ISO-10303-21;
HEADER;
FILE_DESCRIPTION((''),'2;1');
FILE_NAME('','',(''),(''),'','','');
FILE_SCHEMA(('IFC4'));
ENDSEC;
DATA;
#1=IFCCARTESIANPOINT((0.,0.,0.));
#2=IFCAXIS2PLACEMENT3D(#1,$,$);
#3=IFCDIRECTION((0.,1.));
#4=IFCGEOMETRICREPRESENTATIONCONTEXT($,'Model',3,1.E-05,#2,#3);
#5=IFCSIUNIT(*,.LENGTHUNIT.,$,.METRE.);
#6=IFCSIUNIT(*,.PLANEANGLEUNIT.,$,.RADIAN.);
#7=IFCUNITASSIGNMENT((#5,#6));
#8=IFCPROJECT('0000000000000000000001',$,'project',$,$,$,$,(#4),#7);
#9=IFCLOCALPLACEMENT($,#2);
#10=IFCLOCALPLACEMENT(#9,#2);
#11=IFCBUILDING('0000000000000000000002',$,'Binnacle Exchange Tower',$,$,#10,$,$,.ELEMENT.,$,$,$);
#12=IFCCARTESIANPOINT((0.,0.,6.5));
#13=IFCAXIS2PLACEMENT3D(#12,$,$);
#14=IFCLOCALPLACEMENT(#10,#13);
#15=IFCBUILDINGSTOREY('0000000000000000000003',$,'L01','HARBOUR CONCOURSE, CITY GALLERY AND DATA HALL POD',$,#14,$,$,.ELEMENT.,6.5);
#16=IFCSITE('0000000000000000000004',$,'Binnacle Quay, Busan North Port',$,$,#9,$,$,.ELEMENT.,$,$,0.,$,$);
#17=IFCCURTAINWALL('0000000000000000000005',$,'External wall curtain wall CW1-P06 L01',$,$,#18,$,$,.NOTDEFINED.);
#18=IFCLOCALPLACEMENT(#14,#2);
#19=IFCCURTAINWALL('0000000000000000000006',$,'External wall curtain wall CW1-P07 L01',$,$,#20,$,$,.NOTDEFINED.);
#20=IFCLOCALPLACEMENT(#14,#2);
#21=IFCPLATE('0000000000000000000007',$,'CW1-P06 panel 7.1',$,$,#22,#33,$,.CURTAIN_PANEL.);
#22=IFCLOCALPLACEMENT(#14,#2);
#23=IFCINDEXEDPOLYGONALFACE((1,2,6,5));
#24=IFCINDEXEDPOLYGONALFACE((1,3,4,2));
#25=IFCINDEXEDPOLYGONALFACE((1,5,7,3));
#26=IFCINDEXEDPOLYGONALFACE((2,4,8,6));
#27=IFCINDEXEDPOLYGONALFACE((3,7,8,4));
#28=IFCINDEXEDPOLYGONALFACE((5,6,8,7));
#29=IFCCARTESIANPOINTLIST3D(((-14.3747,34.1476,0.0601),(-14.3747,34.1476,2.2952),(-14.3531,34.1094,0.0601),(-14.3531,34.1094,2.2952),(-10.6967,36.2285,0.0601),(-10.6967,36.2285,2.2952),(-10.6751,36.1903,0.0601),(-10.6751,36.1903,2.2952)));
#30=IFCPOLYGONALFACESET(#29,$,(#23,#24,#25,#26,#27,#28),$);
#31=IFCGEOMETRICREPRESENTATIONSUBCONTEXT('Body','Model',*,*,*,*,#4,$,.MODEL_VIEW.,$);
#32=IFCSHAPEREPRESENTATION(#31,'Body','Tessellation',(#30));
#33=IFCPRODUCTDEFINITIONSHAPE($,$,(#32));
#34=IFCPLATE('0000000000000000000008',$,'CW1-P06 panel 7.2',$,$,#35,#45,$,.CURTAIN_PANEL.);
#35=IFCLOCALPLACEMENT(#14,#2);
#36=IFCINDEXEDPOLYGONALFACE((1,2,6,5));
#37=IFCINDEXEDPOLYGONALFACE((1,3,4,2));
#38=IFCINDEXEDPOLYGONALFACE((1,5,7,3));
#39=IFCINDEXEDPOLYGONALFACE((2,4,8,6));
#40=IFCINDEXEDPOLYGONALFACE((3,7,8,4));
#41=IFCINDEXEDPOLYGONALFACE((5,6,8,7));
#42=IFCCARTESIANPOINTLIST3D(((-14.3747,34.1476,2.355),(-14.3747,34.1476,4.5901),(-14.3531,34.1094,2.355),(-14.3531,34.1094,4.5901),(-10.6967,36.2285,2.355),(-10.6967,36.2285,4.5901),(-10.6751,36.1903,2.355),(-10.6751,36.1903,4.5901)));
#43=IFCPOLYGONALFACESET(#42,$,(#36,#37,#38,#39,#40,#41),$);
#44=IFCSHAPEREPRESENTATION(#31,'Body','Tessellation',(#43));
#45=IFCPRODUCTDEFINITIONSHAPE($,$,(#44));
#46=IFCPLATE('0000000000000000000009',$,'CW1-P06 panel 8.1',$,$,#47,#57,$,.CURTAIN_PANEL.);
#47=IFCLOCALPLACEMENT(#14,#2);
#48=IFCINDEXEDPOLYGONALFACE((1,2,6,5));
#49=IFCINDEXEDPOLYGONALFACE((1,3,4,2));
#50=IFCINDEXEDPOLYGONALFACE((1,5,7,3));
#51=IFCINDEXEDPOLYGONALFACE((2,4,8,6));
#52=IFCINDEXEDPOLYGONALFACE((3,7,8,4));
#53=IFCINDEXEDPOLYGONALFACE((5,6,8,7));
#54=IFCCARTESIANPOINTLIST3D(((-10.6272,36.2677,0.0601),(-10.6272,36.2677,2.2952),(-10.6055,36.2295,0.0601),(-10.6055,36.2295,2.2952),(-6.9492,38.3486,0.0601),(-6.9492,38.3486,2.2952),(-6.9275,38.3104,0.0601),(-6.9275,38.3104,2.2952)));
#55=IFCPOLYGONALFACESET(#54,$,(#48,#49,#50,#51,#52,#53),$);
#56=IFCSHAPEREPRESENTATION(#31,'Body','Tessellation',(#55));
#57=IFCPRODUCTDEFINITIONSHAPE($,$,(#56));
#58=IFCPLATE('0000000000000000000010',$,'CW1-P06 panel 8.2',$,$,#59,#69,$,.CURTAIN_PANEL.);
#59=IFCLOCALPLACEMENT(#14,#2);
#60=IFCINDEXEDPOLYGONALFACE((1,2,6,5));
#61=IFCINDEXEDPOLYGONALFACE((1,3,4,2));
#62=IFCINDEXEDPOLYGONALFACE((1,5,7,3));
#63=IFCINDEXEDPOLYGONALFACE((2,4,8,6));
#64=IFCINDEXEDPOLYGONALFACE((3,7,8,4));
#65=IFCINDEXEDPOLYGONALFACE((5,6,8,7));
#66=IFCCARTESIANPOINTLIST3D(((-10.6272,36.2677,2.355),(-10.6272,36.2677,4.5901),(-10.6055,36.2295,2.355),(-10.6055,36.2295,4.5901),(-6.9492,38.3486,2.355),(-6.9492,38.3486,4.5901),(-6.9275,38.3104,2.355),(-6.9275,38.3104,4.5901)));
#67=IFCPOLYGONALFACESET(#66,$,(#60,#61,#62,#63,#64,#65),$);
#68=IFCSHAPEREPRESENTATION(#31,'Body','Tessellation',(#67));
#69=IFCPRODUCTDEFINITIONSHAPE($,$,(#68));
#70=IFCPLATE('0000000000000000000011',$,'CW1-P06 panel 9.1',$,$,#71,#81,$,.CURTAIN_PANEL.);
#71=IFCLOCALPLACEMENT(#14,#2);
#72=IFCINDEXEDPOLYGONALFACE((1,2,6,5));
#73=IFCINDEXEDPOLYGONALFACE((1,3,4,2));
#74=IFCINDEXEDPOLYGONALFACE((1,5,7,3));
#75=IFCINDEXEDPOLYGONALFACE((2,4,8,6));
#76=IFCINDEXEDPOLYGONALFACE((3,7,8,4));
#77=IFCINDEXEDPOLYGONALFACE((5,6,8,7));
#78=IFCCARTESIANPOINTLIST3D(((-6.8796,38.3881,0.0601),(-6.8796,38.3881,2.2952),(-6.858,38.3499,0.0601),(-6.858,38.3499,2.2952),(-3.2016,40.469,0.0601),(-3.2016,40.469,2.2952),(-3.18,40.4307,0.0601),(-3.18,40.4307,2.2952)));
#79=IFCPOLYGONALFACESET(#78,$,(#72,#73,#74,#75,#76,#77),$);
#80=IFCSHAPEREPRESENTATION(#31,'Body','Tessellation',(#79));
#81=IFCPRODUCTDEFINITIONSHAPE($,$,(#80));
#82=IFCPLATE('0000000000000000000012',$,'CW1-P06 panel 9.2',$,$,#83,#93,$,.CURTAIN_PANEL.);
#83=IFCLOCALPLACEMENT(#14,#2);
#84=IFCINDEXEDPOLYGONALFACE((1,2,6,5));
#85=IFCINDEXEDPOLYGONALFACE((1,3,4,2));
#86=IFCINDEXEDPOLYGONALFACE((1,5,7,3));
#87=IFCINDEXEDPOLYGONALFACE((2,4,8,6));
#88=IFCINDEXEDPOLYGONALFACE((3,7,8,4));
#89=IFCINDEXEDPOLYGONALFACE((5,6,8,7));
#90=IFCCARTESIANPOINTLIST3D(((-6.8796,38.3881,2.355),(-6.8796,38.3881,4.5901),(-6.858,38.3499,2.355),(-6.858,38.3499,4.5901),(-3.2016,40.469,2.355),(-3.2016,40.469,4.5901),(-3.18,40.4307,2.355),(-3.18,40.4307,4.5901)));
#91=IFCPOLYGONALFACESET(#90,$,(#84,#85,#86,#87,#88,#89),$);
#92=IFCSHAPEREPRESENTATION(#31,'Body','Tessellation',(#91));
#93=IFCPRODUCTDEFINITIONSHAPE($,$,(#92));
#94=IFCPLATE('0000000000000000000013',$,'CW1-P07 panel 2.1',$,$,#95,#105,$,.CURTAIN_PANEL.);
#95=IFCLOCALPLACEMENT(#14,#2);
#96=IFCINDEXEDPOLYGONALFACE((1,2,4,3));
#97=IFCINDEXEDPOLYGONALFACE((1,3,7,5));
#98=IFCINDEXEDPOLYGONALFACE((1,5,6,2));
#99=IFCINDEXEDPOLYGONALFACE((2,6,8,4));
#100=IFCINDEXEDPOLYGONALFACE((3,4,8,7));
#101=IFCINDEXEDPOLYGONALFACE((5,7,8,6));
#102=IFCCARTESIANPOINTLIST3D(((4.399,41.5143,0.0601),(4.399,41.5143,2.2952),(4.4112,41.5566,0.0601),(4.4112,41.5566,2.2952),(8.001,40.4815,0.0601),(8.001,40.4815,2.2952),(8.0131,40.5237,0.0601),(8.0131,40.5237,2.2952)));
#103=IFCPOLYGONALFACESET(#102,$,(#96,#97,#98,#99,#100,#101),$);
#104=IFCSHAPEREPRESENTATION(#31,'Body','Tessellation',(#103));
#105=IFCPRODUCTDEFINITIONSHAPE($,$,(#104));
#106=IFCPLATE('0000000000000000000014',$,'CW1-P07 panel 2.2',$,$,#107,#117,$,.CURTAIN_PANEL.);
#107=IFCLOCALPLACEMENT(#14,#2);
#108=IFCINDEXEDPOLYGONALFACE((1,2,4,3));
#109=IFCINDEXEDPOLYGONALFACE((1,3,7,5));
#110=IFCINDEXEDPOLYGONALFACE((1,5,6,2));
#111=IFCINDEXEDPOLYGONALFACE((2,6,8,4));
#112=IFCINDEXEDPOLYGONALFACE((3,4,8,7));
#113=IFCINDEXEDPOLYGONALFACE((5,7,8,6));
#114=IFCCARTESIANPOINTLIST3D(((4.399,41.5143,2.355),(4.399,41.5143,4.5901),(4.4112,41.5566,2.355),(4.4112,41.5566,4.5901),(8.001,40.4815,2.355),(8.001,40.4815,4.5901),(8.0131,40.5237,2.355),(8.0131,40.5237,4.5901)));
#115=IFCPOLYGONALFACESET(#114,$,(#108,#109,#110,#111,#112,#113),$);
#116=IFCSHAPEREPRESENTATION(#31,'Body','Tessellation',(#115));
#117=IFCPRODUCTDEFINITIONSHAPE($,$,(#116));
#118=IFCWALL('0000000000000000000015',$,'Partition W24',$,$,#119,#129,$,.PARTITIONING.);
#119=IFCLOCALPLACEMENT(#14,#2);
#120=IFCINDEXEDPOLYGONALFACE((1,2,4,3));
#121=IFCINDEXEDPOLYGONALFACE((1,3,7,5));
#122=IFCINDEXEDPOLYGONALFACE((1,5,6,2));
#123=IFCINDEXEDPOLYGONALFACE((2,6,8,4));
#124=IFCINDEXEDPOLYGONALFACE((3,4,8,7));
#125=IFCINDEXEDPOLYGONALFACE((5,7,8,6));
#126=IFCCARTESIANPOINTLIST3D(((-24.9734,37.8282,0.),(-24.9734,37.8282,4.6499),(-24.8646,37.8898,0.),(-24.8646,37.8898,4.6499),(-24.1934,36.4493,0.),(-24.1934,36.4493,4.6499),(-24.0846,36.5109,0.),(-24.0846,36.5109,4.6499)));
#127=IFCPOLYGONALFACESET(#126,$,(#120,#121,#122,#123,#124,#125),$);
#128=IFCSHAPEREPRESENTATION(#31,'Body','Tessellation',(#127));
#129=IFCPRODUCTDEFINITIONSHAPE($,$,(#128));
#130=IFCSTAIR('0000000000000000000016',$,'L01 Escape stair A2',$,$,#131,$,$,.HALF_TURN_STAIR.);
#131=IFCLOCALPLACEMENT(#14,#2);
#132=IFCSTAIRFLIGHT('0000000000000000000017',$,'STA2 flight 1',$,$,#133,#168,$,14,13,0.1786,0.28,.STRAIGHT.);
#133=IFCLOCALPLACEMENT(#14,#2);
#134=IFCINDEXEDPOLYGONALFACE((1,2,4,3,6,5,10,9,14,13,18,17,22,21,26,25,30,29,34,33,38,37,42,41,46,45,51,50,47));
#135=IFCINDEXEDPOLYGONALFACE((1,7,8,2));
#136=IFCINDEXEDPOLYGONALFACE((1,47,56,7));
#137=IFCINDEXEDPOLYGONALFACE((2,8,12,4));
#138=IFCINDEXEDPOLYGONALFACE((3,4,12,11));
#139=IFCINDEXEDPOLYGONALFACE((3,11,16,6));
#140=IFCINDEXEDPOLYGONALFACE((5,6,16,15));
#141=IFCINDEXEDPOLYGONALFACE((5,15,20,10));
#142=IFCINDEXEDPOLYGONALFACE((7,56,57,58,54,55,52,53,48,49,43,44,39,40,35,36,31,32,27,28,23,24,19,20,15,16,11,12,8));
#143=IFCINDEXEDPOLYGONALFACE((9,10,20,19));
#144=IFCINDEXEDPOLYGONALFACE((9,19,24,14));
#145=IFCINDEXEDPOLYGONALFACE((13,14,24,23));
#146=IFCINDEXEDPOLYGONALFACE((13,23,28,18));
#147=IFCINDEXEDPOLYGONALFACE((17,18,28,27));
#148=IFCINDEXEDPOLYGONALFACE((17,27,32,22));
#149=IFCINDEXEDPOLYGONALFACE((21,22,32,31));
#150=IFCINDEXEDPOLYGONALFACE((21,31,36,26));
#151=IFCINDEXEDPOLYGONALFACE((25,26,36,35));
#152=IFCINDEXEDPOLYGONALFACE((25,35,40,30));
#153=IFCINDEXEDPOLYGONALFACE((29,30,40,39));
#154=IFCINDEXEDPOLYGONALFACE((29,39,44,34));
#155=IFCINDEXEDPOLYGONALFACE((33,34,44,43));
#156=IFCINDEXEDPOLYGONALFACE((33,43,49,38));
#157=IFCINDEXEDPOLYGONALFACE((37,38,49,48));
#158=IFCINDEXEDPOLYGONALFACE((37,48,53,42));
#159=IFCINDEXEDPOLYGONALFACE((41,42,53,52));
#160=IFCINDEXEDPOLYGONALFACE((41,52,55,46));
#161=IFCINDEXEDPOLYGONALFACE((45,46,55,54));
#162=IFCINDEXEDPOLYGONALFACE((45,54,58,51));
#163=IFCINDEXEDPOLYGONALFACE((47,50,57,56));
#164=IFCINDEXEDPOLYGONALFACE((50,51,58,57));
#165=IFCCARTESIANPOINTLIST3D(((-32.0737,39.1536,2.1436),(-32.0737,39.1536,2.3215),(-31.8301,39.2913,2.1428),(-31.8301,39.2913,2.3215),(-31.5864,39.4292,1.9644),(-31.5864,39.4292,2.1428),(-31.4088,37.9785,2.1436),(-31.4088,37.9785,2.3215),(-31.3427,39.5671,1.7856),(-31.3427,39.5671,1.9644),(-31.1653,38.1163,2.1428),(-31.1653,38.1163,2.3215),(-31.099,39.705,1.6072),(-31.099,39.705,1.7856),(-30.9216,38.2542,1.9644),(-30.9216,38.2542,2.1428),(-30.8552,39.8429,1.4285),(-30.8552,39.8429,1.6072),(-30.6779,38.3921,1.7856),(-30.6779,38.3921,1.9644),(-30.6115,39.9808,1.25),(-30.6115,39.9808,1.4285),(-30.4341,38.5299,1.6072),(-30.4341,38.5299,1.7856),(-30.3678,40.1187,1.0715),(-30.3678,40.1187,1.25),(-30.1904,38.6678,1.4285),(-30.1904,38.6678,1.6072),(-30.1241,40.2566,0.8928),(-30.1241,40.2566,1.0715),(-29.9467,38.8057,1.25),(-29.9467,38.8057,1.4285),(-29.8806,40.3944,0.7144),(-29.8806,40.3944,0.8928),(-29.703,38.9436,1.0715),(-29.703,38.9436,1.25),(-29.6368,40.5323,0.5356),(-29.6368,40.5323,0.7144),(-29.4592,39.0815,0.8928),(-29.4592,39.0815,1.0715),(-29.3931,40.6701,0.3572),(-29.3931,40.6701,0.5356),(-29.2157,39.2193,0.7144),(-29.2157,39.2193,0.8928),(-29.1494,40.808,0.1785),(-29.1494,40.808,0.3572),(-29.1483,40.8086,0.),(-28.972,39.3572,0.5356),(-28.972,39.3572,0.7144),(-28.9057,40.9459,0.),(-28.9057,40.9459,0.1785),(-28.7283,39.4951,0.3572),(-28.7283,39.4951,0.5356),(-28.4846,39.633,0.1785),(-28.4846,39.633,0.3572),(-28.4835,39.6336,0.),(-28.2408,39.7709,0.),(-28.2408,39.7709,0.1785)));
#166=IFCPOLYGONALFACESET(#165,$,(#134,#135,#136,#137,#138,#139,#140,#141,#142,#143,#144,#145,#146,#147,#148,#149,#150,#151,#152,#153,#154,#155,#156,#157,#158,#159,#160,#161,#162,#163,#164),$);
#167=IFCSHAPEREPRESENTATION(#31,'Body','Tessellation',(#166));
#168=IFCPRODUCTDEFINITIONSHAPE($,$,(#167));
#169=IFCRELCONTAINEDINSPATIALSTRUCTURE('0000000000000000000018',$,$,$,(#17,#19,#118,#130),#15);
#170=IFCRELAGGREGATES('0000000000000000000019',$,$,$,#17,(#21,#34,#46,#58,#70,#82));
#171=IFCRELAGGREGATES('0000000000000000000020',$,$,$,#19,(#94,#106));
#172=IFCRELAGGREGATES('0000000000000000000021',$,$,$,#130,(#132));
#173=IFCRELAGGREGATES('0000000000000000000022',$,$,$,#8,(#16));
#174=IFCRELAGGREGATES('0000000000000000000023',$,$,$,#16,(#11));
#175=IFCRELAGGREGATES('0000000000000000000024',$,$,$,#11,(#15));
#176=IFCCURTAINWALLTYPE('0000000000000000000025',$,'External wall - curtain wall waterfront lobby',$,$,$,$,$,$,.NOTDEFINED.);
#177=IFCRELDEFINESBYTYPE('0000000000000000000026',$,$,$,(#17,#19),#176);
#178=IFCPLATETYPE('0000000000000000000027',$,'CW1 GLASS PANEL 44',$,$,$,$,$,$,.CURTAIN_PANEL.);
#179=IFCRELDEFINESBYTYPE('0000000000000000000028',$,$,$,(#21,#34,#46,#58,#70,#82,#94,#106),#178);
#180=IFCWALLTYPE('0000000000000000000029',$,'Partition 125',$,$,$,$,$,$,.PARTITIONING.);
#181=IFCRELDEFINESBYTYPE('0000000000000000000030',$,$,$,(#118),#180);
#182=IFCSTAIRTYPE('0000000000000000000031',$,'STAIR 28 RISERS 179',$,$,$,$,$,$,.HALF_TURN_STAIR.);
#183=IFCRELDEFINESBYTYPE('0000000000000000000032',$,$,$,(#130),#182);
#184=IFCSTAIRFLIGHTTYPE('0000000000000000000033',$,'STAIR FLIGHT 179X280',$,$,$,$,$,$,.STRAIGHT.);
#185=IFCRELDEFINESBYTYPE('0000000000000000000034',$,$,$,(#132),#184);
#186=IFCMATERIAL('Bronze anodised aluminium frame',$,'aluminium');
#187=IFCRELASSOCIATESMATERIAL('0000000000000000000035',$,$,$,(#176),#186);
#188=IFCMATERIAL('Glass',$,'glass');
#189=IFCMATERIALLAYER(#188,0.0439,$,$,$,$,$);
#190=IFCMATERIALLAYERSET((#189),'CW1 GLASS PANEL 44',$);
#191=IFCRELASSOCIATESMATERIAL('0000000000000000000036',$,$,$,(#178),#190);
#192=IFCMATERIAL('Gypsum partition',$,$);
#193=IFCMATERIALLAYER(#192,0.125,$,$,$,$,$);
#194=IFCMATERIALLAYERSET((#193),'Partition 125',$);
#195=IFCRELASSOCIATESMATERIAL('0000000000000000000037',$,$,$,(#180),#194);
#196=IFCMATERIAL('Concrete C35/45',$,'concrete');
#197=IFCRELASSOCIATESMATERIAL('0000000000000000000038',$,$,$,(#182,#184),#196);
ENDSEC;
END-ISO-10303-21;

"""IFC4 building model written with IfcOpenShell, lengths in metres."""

from ifc_helpers import new_model, si_unit, direction, frame, frame_2d, origin, origin_2d, place, context, subcontext, project, spatial, polyline, rectangle, outline, extrude, material, layer, layer_set, type_object, element, aggregate, save


model = new_model("IFC4")

# Units and contexts
model_context = context("Model", 3, precision=1e-05, world=origin(), true_north=direction((0.0, 1.0)))
body_context = subcontext(model_context, "Body", "Model", "MODEL_VIEW")
ifc_project = project(units=[si_unit("LENGTHUNIT", "METRE"), si_unit("PLANEANGLEUNIT", "RADIAN")], contexts=[model_context])

# Site, building, storey
site_placement = place(None, origin())
site = spatial("IfcSite", under=ifc_project, at=site_placement, Name="Binnacle Quay, Busan North Port", CompositionType="ELEMENT", RefElevation=0.0)
building_placement = place(site_placement, origin())
building = spatial("IfcBuilding", under=site, at=building_placement, Name="Binnacle Exchange Tower", CompositionType="ELEMENT")
storey_placement = place(building_placement, frame((0.0, 0.0, 6.5)))
storey = spatial("IfcBuildingStorey", under=building, at=storey_placement, Name="L01", Description="HARBOUR CONCOURSE, CITY GALLERY AND DATA HALL POD", CompositionType="ELEMENT", Elevation=6.5)

# Curtain wall
ifc_material_1 = material(Name="Bronze anodised aluminium frame", Category="aluminium")
curtain_wall_type = type_object("IfcCurtainWallType", Name="External wall - curtain wall waterfront lobby", PredefinedType="NOTDEFINED", material=ifc_material_1)
curtain_wall_1_placement = place(storey_placement, origin())
curtain_wall_1 = element("IfcCurtainWall", 1, at=curtain_wall_1_placement, inside=storey, type_object=curtain_wall_type, Name="External wall curtain wall CW1-P06 L01", PredefinedType="NOTDEFINED")

# Curtain wall
curtain_wall_2_placement = place(storey_placement, origin())
curtain_wall_2 = element("IfcCurtainWall", 2, at=curtain_wall_2_placement, inside=storey, type_object=curtain_wall_type, Name="External wall curtain wall CW1-P07 L01", PredefinedType="NOTDEFINED")

# Plates
ifc_material_2 = material(Name="Glass", Category="glass")
ifc_layer_1 = layer(ifc_material_2, 0.0439)
ifc_layer_set_1 = layer_set([ifc_layer_1], Name="CW1 GLASS PANEL 44")
plate_type = type_object("IfcPlateType", Name="CW1 GLASS PANEL 44", PredefinedType="CURTAIN_PANEL", material=ifc_layer_set_1)
plate_1_placement = place(storey_placement, frame((-12.5249, 35.1689, 0.0601), z_axis=(0.0, 0.0, 1.0), x_axis=(0.870356, 0.492424, 0.0)))
plate_1 = element("IfcPlate", 3, at=plate_1_placement, type_object=plate_type, Name="CW1-P06 panel 7.1", PredefinedType="CURTAIN_PANEL", context=body_context, shape_type="SweptSolid", body=[
    extrude(rectangle(XDim=4.2258, YDim=0.0439, at=origin_2d()), origin(), (0.0, 0.0, 1.0), 2.2351),
])
plate_2_placement = place(storey_placement, frame((-12.5249, 35.1689, 2.355), z_axis=(0.0, 0.0, 1.0), x_axis=(0.870356, 0.492424, 0.0)))
plate_2 = element("IfcPlate", 4, at=plate_2_placement, type_object=plate_type, Name="CW1-P06 panel 7.2", PredefinedType="CURTAIN_PANEL", context=body_context, shape_type="SweptSolid", body=[
    extrude(rectangle(XDim=4.2258, YDim=0.0439, at=origin_2d()), origin(), (0.0, 0.0, 1.0), 2.2351),
])
plate_3_placement = place(storey_placement, frame((-8.7773, 37.2891, 0.0601), z_axis=(0.0, 0.0, 1.0), x_axis=(0.870356, 0.492424, 0.0)))
plate_3 = element("IfcPlate", 5, at=plate_3_placement, type_object=plate_type, Name="CW1-P06 panel 8.1", PredefinedType="CURTAIN_PANEL", context=body_context, shape_type="SweptSolid", body=[
    extrude(rectangle(XDim=4.2258, YDim=0.0439, at=origin_2d()), origin(), (0.0, 0.0, 1.0), 2.2351),
])
plate_4_placement = place(storey_placement, frame((-8.7773, 37.2891, 2.355), z_axis=(0.0, 0.0, 1.0), x_axis=(0.870356, 0.492424, 0.0)))
plate_4 = element("IfcPlate", 6, at=plate_4_placement, type_object=plate_type, Name="CW1-P06 panel 8.2", PredefinedType="CURTAIN_PANEL", context=body_context, shape_type="SweptSolid", body=[
    extrude(rectangle(XDim=4.2258, YDim=0.0439, at=origin_2d()), origin(), (0.0, 0.0, 1.0), 2.2351),
])
plate_5_placement = place(storey_placement, frame((-5.0298, 39.4094, 0.0601), z_axis=(0.0, 0.0, 1.0), x_axis=(0.870356, 0.492424, 0.0)))
plate_5 = element("IfcPlate", 7, at=plate_5_placement, type_object=plate_type, Name="CW1-P06 panel 9.1", PredefinedType="CURTAIN_PANEL", context=body_context, shape_type="SweptSolid", body=[
    extrude(rectangle(XDim=4.2258, YDim=0.0439, at=origin_2d()), origin(), (0.0, 0.0, 1.0), 2.2351),
])
plate_6_placement = place(storey_placement, frame((-5.0298, 39.4094, 2.355), z_axis=(0.0, 0.0, 1.0), x_axis=(0.870356, 0.492424, 0.0)))
plate_6 = element("IfcPlate", 8, at=plate_6_placement, type_object=plate_type, Name="CW1-P06 panel 9.2", PredefinedType="CURTAIN_PANEL", context=body_context, shape_type="SweptSolid", body=[
    extrude(rectangle(XDim=4.2258, YDim=0.0439, at=origin_2d()), origin(), (0.0, 0.0, 1.0), 2.2351),
])
aggregate(curtain_wall_1, [plate_1, plate_2, plate_3, plate_4, plate_5, plate_6])
plate_7_placement = place(storey_placement, frame((6.2061, 41.019, 0.0601), z_axis=(0.0, 0.0, 1.0), x_axis=(0.961262, -0.275637, 0.0)))
plate_7 = element("IfcPlate", 9, at=plate_7_placement, type_object=plate_type, Name="CW1-P07 panel 2.1", PredefinedType="CURTAIN_PANEL", context=body_context, shape_type="SweptSolid", body=[
    extrude(rectangle(XDim=3.7471, YDim=0.0439, at=origin_2d()), origin(), (0.0, 0.0, 1.0), 2.2351),
])
plate_8_placement = place(storey_placement, frame((6.2061, 41.019, 2.355), z_axis=(0.0, 0.0, 1.0), x_axis=(0.961262, -0.275637, 0.0)))
plate_8 = element("IfcPlate", 10, at=plate_8_placement, type_object=plate_type, Name="CW1-P07 panel 2.2", PredefinedType="CURTAIN_PANEL", context=body_context, shape_type="SweptSolid", body=[
    extrude(rectangle(XDim=3.7471, YDim=0.0439, at=origin_2d()), origin(), (0.0, 0.0, 1.0), 2.2351),
])
aggregate(curtain_wall_2, [plate_7, plate_8])

# Wall
ifc_material_3 = material(Name="Gypsum partition")
ifc_layer_2 = layer(ifc_material_3, 0.125)
ifc_layer_set_2 = layer_set([ifc_layer_2], Name="Partition 125")
wall_type = type_object("IfcWallType", Name="Partition 125", PredefinedType="PARTITIONING", material=ifc_layer_set_2)
wall_placement = place(storey_placement, frame((-24.9189, 37.8589, 0.0), z_axis=(0.0, 0.0, 1.0), x_axis=(0.492367, -0.870388, 0.0)))
element("IfcWall", 11, at=wall_placement, inside=storey, type_object=wall_type, Name="Partition W24", PredefinedType="PARTITIONING", context=body_context, shape_type="SweptSolid", body=[
    extrude(rectangle(XDim=1.5842, YDim=0.125, at=frame_2d((0.792, 0.0))), origin(), (0.0, 0.0, 1.0), 4.6499),
])

# Stair, stair flight
ifc_material_4 = material(Name="Concrete C35/45", Category="concrete")
stair_type = type_object("IfcStairType", Name="STAIR 28 RISERS 179", PredefinedType="HALF_TURN_STAIR", material=ifc_material_4)
stair_placement = place(storey_placement, origin())
stair = element("IfcStair", 12, at=stair_placement, inside=storey, type_object=stair_type, Name="L01 Escape stair A2", PredefinedType="HALF_TURN_STAIR")
stair_flight_type = type_object("IfcStairFlightType", Name="STAIR FLIGHT 179X280", PredefinedType="STRAIGHT", material=ifc_material_4)
stair_flight_placement = place(storey_placement, frame((-28.5732, 40.3584, 0.0), z_axis=(0.0, 0.0, 1.0), x_axis=(-0.870356, -0.492424, 0.0)))
stair_flight = element("IfcStairFlight", 13, at=stair_flight_placement, type_object=stair_flight_type, Name="STA2 flight 1", NumberOfRisers=14, NumberOfTreads=13, PredefinedType="STRAIGHT", RiserHeight=0.1786, TreadLength=0.28, context=body_context, shape_type="SweptSolid", body=[
    extrude(outline(polyline([(0.0, 0.0), (0.0, 0.1785), (0.28, 0.1785), (0.28, 0.3572), (0.5601, 0.3572), (0.5601, 0.5356), (0.8401, 0.5356), (0.8401, 0.7144), (1.1201, 0.7144), (1.1201, 0.8928), (1.3999, 0.8928), (1.3999, 1.0715), (1.6799, 1.0715), (1.6799, 1.25), (1.96, 1.25), (1.96, 1.4285), (2.24, 1.4285), (2.24, 1.6072), (2.52, 1.6072), (2.52, 1.7856), (2.8, 1.7856), (2.8, 1.9644), (3.0801, 1.9644), (3.0801, 2.1428), (3.3601, 2.1428), (3.3601, 2.3215), (3.6399, 2.3215), (3.6399, 2.5), (3.6399, 2.1436), (0.2788, 0.0), (0.0, 0.0)])), frame((0.0, 0.675, 0.0), z_axis=(0.0, -1.0, 0.0), x_axis=(1.0, 0.0, 0.0)), (0.0, 0.0, 1.0), 1.3501),
])
aggregate(stair, [stair_flight])

save(model, "model.ifc")
